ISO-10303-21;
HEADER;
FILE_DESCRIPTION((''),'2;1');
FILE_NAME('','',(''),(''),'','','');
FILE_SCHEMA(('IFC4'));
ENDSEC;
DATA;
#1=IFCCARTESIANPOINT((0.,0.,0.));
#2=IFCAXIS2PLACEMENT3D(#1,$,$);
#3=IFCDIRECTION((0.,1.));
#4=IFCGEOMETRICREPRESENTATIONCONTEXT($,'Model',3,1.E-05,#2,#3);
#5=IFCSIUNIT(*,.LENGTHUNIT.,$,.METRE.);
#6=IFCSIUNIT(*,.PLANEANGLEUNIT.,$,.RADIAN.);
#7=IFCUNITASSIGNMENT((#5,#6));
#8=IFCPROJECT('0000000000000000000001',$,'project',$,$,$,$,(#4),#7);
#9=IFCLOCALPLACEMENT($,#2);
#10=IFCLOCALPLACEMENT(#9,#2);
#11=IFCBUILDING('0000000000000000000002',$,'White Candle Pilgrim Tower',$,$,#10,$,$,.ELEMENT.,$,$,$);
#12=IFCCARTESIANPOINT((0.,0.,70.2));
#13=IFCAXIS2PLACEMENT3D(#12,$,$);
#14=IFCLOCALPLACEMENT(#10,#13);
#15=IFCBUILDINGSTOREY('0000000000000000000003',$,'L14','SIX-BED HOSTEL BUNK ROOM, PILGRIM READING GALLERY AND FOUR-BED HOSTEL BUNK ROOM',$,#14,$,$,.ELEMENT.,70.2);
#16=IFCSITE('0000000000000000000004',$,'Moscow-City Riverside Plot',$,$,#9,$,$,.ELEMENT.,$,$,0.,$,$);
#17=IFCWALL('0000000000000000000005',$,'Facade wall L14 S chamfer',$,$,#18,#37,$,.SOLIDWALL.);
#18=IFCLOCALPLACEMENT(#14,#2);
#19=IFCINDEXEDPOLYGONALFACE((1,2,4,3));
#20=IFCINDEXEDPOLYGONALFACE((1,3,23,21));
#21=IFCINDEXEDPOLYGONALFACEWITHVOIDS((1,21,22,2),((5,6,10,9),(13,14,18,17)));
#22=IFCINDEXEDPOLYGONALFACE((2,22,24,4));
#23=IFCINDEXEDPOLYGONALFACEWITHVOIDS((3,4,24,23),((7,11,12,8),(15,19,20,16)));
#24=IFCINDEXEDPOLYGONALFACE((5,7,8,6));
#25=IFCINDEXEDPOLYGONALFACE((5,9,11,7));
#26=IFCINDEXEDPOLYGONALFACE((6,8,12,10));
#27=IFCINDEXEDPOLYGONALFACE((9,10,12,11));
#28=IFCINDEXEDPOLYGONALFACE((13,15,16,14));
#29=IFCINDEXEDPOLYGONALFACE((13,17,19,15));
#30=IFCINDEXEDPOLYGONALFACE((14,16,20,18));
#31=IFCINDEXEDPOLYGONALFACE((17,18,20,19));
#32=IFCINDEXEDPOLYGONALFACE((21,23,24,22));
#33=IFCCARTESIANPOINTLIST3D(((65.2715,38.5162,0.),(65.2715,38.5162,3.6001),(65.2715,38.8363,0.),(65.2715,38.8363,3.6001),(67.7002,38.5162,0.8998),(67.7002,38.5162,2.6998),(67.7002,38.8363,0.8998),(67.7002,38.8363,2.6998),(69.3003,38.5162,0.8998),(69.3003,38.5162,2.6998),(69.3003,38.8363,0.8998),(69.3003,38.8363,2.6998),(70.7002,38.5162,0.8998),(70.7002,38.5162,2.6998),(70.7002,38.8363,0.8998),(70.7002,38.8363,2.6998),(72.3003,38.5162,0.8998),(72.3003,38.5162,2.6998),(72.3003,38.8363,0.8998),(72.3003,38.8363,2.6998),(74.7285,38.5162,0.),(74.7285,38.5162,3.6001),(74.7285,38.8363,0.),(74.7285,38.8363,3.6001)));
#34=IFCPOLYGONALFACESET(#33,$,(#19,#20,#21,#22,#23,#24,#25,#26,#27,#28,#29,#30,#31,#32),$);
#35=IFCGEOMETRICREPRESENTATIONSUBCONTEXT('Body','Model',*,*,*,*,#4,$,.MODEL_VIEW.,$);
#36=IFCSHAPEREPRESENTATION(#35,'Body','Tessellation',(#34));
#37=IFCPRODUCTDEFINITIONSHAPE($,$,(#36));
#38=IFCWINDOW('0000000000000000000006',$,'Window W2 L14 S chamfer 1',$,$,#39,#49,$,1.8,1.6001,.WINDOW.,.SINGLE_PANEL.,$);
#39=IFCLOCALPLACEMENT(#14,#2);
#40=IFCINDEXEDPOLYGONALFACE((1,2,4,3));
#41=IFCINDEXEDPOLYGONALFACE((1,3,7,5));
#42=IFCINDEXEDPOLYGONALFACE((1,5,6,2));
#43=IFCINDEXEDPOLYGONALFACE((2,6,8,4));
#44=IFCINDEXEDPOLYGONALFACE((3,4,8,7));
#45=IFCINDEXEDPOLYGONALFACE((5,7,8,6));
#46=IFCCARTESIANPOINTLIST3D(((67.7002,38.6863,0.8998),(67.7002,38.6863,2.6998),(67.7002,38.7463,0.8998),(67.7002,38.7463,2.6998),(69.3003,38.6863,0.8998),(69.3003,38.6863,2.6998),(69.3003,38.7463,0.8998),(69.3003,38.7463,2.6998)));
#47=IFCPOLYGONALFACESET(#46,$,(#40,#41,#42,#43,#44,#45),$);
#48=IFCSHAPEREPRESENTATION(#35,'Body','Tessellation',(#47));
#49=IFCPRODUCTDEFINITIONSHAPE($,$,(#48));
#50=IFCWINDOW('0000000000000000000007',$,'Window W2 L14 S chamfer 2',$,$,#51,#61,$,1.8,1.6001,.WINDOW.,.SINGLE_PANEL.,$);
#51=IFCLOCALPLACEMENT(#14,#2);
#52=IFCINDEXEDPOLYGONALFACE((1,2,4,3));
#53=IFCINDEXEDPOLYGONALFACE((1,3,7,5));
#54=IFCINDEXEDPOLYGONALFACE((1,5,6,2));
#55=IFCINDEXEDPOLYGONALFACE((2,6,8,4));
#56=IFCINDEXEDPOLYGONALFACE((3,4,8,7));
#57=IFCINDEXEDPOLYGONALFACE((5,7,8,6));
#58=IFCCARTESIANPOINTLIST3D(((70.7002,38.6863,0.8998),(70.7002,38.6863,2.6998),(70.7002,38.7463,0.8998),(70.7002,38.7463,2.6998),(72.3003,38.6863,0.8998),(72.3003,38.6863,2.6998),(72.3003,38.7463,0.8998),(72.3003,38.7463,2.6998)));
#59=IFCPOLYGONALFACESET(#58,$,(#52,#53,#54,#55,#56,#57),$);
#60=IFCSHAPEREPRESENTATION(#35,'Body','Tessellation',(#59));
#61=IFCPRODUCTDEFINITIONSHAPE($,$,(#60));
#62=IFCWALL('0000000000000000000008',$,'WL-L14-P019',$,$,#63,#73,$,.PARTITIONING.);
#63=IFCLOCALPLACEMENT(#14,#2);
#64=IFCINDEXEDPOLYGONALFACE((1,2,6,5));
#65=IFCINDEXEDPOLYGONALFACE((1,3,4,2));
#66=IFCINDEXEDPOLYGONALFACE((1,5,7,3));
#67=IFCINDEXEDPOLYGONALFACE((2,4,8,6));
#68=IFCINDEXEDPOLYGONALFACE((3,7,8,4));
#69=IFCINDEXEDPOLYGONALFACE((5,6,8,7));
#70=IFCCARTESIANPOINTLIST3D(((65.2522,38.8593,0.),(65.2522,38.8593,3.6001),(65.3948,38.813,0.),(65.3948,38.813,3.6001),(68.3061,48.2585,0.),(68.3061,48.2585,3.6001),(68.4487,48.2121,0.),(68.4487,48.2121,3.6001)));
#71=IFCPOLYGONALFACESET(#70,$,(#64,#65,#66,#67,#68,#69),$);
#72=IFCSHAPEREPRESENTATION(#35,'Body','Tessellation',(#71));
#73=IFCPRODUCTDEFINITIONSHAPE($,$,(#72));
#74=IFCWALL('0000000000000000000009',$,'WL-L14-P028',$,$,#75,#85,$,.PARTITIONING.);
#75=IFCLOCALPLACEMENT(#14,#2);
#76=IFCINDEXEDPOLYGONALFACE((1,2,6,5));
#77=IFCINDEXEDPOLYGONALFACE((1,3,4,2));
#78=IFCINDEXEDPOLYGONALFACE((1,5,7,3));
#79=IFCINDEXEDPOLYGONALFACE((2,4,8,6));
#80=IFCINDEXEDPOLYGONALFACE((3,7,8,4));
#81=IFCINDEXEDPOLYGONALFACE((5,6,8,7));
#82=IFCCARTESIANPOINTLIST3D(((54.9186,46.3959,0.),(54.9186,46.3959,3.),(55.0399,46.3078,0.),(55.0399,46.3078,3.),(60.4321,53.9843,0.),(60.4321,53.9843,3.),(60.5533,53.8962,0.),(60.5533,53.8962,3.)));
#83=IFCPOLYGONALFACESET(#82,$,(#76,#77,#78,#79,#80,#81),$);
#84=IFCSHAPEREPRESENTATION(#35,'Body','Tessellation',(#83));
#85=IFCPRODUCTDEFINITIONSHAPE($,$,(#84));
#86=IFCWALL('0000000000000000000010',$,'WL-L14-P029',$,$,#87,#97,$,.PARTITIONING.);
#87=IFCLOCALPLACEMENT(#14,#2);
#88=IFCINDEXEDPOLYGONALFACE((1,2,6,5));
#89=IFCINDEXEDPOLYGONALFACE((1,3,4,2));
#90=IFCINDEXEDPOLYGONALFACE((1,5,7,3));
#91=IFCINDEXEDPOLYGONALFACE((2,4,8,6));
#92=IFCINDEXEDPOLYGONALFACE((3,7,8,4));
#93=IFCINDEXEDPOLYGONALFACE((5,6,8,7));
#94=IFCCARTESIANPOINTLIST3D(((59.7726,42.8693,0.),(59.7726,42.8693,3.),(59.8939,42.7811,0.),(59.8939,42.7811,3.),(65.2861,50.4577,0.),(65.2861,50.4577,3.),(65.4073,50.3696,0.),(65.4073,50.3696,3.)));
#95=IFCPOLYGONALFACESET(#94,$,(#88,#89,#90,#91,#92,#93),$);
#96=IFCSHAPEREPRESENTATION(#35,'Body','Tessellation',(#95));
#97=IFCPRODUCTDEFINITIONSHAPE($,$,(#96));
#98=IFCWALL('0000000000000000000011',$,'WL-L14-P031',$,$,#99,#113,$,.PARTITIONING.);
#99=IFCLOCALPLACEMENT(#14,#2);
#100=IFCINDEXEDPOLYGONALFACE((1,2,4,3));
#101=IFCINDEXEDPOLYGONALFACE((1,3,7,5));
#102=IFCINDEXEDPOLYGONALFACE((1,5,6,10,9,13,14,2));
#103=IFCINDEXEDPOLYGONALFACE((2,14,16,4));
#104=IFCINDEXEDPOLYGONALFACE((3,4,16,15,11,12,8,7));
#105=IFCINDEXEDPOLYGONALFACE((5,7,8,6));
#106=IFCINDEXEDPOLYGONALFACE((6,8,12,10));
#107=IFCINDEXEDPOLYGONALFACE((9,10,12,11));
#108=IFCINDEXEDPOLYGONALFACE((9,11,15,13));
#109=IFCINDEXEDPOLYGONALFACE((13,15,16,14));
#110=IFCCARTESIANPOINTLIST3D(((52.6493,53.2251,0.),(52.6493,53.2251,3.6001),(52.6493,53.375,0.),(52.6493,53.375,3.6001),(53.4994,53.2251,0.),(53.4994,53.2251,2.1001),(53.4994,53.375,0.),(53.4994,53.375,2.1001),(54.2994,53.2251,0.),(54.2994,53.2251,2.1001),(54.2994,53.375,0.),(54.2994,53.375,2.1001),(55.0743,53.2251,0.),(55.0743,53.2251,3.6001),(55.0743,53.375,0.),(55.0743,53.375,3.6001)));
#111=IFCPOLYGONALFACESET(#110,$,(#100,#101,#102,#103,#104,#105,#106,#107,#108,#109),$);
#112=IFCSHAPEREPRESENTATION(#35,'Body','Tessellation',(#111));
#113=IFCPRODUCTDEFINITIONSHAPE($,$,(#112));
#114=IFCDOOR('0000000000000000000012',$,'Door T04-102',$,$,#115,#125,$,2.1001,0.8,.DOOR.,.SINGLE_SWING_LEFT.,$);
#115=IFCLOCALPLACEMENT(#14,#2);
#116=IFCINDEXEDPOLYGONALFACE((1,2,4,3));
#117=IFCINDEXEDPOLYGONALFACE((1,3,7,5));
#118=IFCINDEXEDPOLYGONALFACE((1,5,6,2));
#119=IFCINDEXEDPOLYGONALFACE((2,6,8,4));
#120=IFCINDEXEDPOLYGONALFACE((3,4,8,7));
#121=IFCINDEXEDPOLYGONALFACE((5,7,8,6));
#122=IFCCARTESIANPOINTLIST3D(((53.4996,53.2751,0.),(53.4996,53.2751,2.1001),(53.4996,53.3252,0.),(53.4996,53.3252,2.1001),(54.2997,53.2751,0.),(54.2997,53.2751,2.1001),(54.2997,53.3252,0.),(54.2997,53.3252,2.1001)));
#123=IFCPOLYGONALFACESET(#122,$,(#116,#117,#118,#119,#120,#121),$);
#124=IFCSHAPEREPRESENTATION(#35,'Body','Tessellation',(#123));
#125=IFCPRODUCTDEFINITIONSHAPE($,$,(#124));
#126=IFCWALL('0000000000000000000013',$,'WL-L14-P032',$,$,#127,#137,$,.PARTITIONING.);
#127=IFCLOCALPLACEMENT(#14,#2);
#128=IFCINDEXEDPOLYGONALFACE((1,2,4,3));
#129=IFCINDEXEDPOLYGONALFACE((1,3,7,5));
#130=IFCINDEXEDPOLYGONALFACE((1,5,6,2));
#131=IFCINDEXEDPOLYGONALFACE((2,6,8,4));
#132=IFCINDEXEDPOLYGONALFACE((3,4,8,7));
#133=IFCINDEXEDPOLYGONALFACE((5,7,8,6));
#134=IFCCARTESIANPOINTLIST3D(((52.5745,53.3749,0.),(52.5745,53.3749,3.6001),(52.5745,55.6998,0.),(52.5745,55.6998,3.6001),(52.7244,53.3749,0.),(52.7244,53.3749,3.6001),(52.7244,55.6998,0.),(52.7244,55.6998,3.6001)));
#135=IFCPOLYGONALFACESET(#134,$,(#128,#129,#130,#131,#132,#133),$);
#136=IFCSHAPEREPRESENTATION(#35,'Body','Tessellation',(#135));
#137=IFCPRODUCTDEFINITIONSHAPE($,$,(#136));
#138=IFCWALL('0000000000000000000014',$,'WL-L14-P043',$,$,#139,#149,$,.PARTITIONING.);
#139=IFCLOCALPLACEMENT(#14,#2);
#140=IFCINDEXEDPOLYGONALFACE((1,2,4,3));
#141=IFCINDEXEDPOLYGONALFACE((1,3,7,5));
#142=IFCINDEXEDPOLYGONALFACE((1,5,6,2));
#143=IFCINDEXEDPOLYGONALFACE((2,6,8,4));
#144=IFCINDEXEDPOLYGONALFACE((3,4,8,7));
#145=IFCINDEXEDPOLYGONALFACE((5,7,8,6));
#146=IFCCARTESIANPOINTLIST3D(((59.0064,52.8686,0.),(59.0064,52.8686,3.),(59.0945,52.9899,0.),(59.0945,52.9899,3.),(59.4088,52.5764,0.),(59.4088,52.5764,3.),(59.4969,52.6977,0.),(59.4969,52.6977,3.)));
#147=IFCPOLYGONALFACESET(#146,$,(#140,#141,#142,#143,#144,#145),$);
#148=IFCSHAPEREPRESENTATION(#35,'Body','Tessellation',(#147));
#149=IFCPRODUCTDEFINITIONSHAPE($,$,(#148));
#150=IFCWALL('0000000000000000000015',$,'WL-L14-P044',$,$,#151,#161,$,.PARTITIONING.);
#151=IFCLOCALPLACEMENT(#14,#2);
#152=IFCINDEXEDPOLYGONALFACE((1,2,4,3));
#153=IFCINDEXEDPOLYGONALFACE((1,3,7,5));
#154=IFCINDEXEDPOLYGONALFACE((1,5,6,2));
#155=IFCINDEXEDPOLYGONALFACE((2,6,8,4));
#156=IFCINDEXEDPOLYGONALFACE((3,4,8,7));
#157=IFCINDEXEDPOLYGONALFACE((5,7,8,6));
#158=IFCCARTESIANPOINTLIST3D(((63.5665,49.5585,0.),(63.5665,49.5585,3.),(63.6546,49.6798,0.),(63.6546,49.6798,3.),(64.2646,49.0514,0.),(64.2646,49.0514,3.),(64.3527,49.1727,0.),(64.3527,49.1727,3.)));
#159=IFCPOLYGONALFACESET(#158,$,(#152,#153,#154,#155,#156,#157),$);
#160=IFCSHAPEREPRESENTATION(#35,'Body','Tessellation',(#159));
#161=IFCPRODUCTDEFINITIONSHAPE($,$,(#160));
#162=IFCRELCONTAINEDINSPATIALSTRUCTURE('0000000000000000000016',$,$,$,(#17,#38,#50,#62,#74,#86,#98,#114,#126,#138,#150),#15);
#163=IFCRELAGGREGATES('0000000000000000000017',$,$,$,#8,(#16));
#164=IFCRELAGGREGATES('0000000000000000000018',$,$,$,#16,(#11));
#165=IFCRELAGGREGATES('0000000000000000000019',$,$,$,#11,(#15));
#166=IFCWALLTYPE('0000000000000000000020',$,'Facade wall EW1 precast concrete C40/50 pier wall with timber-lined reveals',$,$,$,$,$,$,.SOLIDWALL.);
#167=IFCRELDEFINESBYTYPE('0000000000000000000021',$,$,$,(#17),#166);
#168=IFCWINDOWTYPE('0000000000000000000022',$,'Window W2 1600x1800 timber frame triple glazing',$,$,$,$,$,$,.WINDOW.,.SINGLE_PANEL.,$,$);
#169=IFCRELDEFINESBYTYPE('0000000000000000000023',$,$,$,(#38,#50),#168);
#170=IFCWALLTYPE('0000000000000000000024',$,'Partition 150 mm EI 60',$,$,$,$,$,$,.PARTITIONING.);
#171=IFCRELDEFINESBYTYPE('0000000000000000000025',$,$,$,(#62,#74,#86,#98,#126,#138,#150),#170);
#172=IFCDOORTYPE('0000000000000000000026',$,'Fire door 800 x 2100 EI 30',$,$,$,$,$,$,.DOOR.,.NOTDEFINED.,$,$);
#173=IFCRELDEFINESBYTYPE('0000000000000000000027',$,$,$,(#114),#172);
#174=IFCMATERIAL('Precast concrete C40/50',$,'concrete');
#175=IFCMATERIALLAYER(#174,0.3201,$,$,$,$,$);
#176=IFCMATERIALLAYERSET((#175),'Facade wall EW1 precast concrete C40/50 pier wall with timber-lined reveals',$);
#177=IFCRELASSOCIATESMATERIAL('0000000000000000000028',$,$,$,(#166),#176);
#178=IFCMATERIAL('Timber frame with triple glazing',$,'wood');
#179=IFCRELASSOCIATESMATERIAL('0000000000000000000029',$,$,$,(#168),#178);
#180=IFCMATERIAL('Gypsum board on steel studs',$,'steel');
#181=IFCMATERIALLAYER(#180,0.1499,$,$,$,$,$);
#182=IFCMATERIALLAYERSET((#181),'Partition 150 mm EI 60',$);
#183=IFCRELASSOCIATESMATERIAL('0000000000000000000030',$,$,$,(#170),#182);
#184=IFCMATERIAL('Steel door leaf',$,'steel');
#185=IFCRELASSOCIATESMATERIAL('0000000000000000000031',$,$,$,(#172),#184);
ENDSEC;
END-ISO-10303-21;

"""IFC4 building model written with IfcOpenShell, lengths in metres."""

from ifc_helpers import new_model, si_unit, direction, frame, frame_2d, origin, place, context, subcontext, project, spatial, rectangle, extrude, material, layer, layer_set, type_object, element, fill, save


model = new_model("IFC4")

# Units and contexts
model_context = context("Model", 3, precision=1e-05, world=origin(), true_north=direction((0.0, 1.0)))
body_context = subcontext(model_context, "Body", "Model", "MODEL_VIEW")
ifc_project = project(units=[si_unit("LENGTHUNIT", "METRE"), si_unit("PLANEANGLEUNIT", "RADIAN")], contexts=[model_context])

# Site, building, storey
site_placement = place(None, origin())
site = spatial("IfcSite", under=ifc_project, at=site_placement, Name="Moscow-City Riverside Plot", CompositionType="ELEMENT", RefElevation=0.0)
building_placement = place(site_placement, origin())
building = spatial("IfcBuilding", under=site, at=building_placement, Name="White Candle Pilgrim Tower", CompositionType="ELEMENT")
storey_placement = place(building_placement, frame((0.0, 0.0, 70.2)))
storey = spatial("IfcBuildingStorey", under=building, at=storey_placement, Name="L14", Description="SIX-BED HOSTEL BUNK ROOM, PILGRIM READING GALLERY AND FOUR-BED HOSTEL BUNK ROOM", CompositionType="ELEMENT", Elevation=70.2)

# Wall, openings, windows
ifc_material_1 = material(Name="Precast concrete C40/50", Category="concrete")
ifc_layer_1 = layer(ifc_material_1, 0.3201)
ifc_layer_set_1 = layer_set([ifc_layer_1], Name="Facade wall EW1 precast concrete C40/50 pier wall with timber-lined reveals")
wall_type_1 = type_object("IfcWallType", Name="Facade wall EW1 precast concrete C40/50 pier wall with timber-lined reveals", PredefinedType="SOLIDWALL", material=ifc_layer_set_1)
wall_1_placement = place(storey_placement, frame((65.2715, 38.6763, 0.0), z_axis=(0.0, 0.0, 1.0), x_axis=(1.0, 0.0, 0.0)))
wall_1 = element("IfcWall", 1, at=wall_1_placement, inside=storey, type_object=wall_type_1, Name="Facade wall L14 S chamfer", PredefinedType="SOLIDWALL", context=body_context, shape_type="SweptSolid", body=[
    extrude(rectangle(XDim=9.457, YDim=0.3201, at=frame_2d((4.7285, 0.0))), origin(), (0.0, 0.0, 1.0), 3.6001),
])
opening_1_placement = place(wall_1_placement, frame((2.4287, 0.0, 0.8999)))
opening_1 = element("IfcOpeningElement", 2, at=opening_1_placement, cuts=wall_1, PredefinedType="OPENING", context=body_context, shape_type="SweptSolid", body=[
    extrude(rectangle(XDim=1.6001, YDim=1.8, at=frame_2d((0.8, 0.8999))), frame((0.0, 0.1699, 0.0), z_axis=(0.0, -1.0, 0.0), x_axis=(1.0, 0.0, 0.0)), (0.0, 0.0, 1.0), 0.3401),
])
opening_2_placement = place(wall_1_placement, frame((5.4287, 0.0, 0.8999)))
opening_2 = element("IfcOpeningElement", 3, at=opening_2_placement, cuts=wall_1, PredefinedType="OPENING", context=body_context, shape_type="SweptSolid", body=[
    extrude(rectangle(XDim=1.6001, YDim=1.8, at=frame_2d((0.8, 0.8999))), frame((0.0, 0.1699, 0.0), z_axis=(0.0, -1.0, 0.0), x_axis=(1.0, 0.0, 0.0)), (0.0, 0.0, 1.0), 0.3401),
])
ifc_material_2 = material(Name="Timber frame with triple glazing", Category="wood")
window_type = type_object("IfcWindowType", Name="Window W2 1600x1800 timber frame triple glazing", PartitioningType="SINGLE_PANEL", PredefinedType="WINDOW", material=ifc_material_2)
window_1_placement = place(opening_1_placement, origin())
window_1 = element("IfcWindow", 4, at=window_1_placement, inside=storey, type_object=window_type, Name="Window W2 L14 S chamfer 1", OverallHeight=1.8, OverallWidth=1.6001, PartitioningType="SINGLE_PANEL", PredefinedType="WINDOW", context=body_context, shape_type="SweptSolid", body=[
    extrude(rectangle(XDim=1.6001, YDim=1.8, at=frame_2d((0.8, 0.8999))), frame((0.0, 0.0701, 0.0), z_axis=(0.0, -1.0, 0.0), x_axis=(1.0, 0.0, 0.0)), (0.0, 0.0, 1.0), 0.0601),
])
fill(opening_1, window_1)
window_2_placement = place(opening_2_placement, origin())
window_2 = element("IfcWindow", 5, at=window_2_placement, inside=storey, type_object=window_type, Name="Window W2 L14 S chamfer 2", OverallHeight=1.8, OverallWidth=1.6001, PartitioningType="SINGLE_PANEL", PredefinedType="WINDOW", context=body_context, shape_type="SweptSolid", body=[
    extrude(rectangle(XDim=1.6001, YDim=1.8, at=frame_2d((0.8, 0.8999))), frame((0.0, 0.0701, 0.0), z_axis=(0.0, -1.0, 0.0), x_axis=(1.0, 0.0, 0.0)), (0.0, 0.0, 1.0), 0.0601),
])
fill(opening_2, window_2)

# Walls
ifc_material_3 = material(Name="Gypsum board on steel studs", Category="steel")
ifc_layer_2 = layer(ifc_material_3, 0.1499)
ifc_layer_set_2 = layer_set([ifc_layer_2], Name="Partition 150 mm EI 60")
wall_type_2 = type_object("IfcWallType", Name="Partition 150 mm EI 60", PredefinedType="PARTITIONING", material=ifc_layer_set_2)
wall_2_placement = place(storey_placement, frame((65.3235, 38.8362, 0.0), z_axis=(0.0, 0.0, 1.0), x_axis=(0.309015, 0.951057, 0.0)))
element("IfcWall", 6, at=wall_2_placement, inside=storey, type_object=wall_type_2, Name="WL-L14-P019", PredefinedType="PARTITIONING", context=body_context, shape_type="SweptSolid", body=[
    extrude(rectangle(XDim=9.8828, YDim=0.1499, at=frame_2d((4.9414, 0.0))), origin(), (0.0, 0.0, 1.0), 3.6001),
])
for number, where, z_axis, x_axis, name in (
    (7, (54.9792, 46.3518, 0.0), (0.0, 0.0, 1.0), (0.587796, 0.80901, 0.0), "WL-L14-P028"),
    (8, (59.8333, 42.8252, 0.0), (0.0, 0.0, 1.0), (0.587796, 0.80901, 0.0), "WL-L14-P029"),
):
    element("IfcWall", number, at=place(storey_placement, frame(where, z_axis=z_axis, x_axis=x_axis)), inside=storey, type_object=wall_type_2, Name=name, PredefinedType="PARTITIONING", context=body_context, shape_type="SweptSolid", body=[
        extrude(rectangle(XDim=9.3799, YDim=0.1499, at=frame_2d((4.6899, 0.0))), origin(), (0.0, 0.0, 1.0), 3.0),
    ])

# Wall, opening, door
wall_3_placement = place(storey_placement, frame((52.6494, 53.3, 0.0), z_axis=(0.0, 0.0, 1.0), x_axis=(1.0, 0.0, 0.0)))
wall_3 = element("IfcWall", 9, at=wall_3_placement, inside=storey, type_object=wall_type_2, Name="WL-L14-P031", PredefinedType="PARTITIONING", context=body_context, shape_type="SweptSolid", body=[
    extrude(rectangle(XDim=2.425, YDim=0.1499, at=frame_2d((1.2124, 0.0))), origin(), (0.0, 0.0, 1.0), 3.6001),
])
opening_3_placement = place(wall_3_placement, frame((0.8501, 0.0, 0.0)))
opening_3 = element("IfcOpeningElement", 10, at=opening_3_placement, cuts=wall_3, PredefinedType="OPENING", context=body_context, shape_type="SweptSolid", body=[
    extrude(rectangle(XDim=0.8, YDim=2.1001, at=frame_2d((0.3999, 1.05))), frame((0.0, 0.085, 0.0), z_axis=(0.0, -1.0, 0.0), x_axis=(1.0, 0.0, 0.0)), (0.0, 0.0, 1.0), 0.1699),
])
ifc_material_4 = material(Name="Steel door leaf", Category="steel")
door_type = type_object("IfcDoorType", Name="Fire door 800 x 2100 EI 30", OperationType="NOTDEFINED", PredefinedType="DOOR", material=ifc_material_4)
door_placement = place(opening_3_placement, frame((0.8, 0.0, 0.0), z_axis=(0.0, 0.0, 1.0), x_axis=(-1.0, 0.0, 0.0)))
door = element("IfcDoor", 11, at=door_placement, inside=storey, type_object=door_type, Name="Door T04-102", OperationType="SINGLE_SWING_LEFT", OverallHeight=2.1001, OverallWidth=0.8, PredefinedType="DOOR", context=body_context, shape_type="SweptSolid", body=[
    extrude(rectangle(XDim=0.8, YDim=2.1001, at=frame_2d((0.3999, 1.05))), frame((0.0, 0.0249, 0.0), z_axis=(0.0, -1.0, 0.0), x_axis=(1.0, 0.0, 0.0)), (0.0, 0.0, 1.0), 0.05),
])
fill(opening_3, door)

# Walls
wall_4_placement = place(storey_placement, frame((52.6494, 55.7, 0.0), z_axis=(0.0, 0.0, 1.0), x_axis=(0.0, -1.0, 0.0)))
element("IfcWall", 12, at=wall_4_placement, inside=storey, type_object=wall_type_2, Name="WL-L14-P032", PredefinedType="PARTITIONING", context=body_context, shape_type="SweptSolid", body=[
    extrude(rectangle(XDim=2.325, YDim=0.1499, at=frame_2d((1.1626, 0.0))), origin(), (0.0, 0.0, 1.0), 3.6001),
])
wall_5_placement = place(storey_placement, frame((59.0505, 52.9292, 0.0), z_axis=(0.0, 0.0, 1.0), x_axis=(0.809097, -0.587675, 0.0)))
element("IfcWall", 13, at=wall_5_placement, inside=storey, type_object=wall_type_2, Name="WL-L14-P043", PredefinedType="PARTITIONING", context=body_context, shape_type="SweptSolid", body=[
    extrude(rectangle(XDim=0.4973, YDim=0.1499, at=frame_2d((0.2485, 0.0))), origin(), (0.0, 0.0, 1.0), 3.0),
])
wall_6_placement = place(storey_placement, frame((63.6106, 49.6191, 0.0), z_axis=(0.0, 0.0, 1.0), x_axis=(0.809042, -0.587751, 0.0)))
element("IfcWall", 14, at=wall_6_placement, inside=storey, type_object=wall_type_2, Name="WL-L14-P044", PredefinedType="PARTITIONING", context=body_context, shape_type="SweptSolid", body=[
    extrude(rectangle(XDim=0.8628, YDim=0.1499, at=frame_2d((0.4314, 0.0))), origin(), (0.0, 0.0, 1.0), 3.0),
])

save(model, "model.ifc")
